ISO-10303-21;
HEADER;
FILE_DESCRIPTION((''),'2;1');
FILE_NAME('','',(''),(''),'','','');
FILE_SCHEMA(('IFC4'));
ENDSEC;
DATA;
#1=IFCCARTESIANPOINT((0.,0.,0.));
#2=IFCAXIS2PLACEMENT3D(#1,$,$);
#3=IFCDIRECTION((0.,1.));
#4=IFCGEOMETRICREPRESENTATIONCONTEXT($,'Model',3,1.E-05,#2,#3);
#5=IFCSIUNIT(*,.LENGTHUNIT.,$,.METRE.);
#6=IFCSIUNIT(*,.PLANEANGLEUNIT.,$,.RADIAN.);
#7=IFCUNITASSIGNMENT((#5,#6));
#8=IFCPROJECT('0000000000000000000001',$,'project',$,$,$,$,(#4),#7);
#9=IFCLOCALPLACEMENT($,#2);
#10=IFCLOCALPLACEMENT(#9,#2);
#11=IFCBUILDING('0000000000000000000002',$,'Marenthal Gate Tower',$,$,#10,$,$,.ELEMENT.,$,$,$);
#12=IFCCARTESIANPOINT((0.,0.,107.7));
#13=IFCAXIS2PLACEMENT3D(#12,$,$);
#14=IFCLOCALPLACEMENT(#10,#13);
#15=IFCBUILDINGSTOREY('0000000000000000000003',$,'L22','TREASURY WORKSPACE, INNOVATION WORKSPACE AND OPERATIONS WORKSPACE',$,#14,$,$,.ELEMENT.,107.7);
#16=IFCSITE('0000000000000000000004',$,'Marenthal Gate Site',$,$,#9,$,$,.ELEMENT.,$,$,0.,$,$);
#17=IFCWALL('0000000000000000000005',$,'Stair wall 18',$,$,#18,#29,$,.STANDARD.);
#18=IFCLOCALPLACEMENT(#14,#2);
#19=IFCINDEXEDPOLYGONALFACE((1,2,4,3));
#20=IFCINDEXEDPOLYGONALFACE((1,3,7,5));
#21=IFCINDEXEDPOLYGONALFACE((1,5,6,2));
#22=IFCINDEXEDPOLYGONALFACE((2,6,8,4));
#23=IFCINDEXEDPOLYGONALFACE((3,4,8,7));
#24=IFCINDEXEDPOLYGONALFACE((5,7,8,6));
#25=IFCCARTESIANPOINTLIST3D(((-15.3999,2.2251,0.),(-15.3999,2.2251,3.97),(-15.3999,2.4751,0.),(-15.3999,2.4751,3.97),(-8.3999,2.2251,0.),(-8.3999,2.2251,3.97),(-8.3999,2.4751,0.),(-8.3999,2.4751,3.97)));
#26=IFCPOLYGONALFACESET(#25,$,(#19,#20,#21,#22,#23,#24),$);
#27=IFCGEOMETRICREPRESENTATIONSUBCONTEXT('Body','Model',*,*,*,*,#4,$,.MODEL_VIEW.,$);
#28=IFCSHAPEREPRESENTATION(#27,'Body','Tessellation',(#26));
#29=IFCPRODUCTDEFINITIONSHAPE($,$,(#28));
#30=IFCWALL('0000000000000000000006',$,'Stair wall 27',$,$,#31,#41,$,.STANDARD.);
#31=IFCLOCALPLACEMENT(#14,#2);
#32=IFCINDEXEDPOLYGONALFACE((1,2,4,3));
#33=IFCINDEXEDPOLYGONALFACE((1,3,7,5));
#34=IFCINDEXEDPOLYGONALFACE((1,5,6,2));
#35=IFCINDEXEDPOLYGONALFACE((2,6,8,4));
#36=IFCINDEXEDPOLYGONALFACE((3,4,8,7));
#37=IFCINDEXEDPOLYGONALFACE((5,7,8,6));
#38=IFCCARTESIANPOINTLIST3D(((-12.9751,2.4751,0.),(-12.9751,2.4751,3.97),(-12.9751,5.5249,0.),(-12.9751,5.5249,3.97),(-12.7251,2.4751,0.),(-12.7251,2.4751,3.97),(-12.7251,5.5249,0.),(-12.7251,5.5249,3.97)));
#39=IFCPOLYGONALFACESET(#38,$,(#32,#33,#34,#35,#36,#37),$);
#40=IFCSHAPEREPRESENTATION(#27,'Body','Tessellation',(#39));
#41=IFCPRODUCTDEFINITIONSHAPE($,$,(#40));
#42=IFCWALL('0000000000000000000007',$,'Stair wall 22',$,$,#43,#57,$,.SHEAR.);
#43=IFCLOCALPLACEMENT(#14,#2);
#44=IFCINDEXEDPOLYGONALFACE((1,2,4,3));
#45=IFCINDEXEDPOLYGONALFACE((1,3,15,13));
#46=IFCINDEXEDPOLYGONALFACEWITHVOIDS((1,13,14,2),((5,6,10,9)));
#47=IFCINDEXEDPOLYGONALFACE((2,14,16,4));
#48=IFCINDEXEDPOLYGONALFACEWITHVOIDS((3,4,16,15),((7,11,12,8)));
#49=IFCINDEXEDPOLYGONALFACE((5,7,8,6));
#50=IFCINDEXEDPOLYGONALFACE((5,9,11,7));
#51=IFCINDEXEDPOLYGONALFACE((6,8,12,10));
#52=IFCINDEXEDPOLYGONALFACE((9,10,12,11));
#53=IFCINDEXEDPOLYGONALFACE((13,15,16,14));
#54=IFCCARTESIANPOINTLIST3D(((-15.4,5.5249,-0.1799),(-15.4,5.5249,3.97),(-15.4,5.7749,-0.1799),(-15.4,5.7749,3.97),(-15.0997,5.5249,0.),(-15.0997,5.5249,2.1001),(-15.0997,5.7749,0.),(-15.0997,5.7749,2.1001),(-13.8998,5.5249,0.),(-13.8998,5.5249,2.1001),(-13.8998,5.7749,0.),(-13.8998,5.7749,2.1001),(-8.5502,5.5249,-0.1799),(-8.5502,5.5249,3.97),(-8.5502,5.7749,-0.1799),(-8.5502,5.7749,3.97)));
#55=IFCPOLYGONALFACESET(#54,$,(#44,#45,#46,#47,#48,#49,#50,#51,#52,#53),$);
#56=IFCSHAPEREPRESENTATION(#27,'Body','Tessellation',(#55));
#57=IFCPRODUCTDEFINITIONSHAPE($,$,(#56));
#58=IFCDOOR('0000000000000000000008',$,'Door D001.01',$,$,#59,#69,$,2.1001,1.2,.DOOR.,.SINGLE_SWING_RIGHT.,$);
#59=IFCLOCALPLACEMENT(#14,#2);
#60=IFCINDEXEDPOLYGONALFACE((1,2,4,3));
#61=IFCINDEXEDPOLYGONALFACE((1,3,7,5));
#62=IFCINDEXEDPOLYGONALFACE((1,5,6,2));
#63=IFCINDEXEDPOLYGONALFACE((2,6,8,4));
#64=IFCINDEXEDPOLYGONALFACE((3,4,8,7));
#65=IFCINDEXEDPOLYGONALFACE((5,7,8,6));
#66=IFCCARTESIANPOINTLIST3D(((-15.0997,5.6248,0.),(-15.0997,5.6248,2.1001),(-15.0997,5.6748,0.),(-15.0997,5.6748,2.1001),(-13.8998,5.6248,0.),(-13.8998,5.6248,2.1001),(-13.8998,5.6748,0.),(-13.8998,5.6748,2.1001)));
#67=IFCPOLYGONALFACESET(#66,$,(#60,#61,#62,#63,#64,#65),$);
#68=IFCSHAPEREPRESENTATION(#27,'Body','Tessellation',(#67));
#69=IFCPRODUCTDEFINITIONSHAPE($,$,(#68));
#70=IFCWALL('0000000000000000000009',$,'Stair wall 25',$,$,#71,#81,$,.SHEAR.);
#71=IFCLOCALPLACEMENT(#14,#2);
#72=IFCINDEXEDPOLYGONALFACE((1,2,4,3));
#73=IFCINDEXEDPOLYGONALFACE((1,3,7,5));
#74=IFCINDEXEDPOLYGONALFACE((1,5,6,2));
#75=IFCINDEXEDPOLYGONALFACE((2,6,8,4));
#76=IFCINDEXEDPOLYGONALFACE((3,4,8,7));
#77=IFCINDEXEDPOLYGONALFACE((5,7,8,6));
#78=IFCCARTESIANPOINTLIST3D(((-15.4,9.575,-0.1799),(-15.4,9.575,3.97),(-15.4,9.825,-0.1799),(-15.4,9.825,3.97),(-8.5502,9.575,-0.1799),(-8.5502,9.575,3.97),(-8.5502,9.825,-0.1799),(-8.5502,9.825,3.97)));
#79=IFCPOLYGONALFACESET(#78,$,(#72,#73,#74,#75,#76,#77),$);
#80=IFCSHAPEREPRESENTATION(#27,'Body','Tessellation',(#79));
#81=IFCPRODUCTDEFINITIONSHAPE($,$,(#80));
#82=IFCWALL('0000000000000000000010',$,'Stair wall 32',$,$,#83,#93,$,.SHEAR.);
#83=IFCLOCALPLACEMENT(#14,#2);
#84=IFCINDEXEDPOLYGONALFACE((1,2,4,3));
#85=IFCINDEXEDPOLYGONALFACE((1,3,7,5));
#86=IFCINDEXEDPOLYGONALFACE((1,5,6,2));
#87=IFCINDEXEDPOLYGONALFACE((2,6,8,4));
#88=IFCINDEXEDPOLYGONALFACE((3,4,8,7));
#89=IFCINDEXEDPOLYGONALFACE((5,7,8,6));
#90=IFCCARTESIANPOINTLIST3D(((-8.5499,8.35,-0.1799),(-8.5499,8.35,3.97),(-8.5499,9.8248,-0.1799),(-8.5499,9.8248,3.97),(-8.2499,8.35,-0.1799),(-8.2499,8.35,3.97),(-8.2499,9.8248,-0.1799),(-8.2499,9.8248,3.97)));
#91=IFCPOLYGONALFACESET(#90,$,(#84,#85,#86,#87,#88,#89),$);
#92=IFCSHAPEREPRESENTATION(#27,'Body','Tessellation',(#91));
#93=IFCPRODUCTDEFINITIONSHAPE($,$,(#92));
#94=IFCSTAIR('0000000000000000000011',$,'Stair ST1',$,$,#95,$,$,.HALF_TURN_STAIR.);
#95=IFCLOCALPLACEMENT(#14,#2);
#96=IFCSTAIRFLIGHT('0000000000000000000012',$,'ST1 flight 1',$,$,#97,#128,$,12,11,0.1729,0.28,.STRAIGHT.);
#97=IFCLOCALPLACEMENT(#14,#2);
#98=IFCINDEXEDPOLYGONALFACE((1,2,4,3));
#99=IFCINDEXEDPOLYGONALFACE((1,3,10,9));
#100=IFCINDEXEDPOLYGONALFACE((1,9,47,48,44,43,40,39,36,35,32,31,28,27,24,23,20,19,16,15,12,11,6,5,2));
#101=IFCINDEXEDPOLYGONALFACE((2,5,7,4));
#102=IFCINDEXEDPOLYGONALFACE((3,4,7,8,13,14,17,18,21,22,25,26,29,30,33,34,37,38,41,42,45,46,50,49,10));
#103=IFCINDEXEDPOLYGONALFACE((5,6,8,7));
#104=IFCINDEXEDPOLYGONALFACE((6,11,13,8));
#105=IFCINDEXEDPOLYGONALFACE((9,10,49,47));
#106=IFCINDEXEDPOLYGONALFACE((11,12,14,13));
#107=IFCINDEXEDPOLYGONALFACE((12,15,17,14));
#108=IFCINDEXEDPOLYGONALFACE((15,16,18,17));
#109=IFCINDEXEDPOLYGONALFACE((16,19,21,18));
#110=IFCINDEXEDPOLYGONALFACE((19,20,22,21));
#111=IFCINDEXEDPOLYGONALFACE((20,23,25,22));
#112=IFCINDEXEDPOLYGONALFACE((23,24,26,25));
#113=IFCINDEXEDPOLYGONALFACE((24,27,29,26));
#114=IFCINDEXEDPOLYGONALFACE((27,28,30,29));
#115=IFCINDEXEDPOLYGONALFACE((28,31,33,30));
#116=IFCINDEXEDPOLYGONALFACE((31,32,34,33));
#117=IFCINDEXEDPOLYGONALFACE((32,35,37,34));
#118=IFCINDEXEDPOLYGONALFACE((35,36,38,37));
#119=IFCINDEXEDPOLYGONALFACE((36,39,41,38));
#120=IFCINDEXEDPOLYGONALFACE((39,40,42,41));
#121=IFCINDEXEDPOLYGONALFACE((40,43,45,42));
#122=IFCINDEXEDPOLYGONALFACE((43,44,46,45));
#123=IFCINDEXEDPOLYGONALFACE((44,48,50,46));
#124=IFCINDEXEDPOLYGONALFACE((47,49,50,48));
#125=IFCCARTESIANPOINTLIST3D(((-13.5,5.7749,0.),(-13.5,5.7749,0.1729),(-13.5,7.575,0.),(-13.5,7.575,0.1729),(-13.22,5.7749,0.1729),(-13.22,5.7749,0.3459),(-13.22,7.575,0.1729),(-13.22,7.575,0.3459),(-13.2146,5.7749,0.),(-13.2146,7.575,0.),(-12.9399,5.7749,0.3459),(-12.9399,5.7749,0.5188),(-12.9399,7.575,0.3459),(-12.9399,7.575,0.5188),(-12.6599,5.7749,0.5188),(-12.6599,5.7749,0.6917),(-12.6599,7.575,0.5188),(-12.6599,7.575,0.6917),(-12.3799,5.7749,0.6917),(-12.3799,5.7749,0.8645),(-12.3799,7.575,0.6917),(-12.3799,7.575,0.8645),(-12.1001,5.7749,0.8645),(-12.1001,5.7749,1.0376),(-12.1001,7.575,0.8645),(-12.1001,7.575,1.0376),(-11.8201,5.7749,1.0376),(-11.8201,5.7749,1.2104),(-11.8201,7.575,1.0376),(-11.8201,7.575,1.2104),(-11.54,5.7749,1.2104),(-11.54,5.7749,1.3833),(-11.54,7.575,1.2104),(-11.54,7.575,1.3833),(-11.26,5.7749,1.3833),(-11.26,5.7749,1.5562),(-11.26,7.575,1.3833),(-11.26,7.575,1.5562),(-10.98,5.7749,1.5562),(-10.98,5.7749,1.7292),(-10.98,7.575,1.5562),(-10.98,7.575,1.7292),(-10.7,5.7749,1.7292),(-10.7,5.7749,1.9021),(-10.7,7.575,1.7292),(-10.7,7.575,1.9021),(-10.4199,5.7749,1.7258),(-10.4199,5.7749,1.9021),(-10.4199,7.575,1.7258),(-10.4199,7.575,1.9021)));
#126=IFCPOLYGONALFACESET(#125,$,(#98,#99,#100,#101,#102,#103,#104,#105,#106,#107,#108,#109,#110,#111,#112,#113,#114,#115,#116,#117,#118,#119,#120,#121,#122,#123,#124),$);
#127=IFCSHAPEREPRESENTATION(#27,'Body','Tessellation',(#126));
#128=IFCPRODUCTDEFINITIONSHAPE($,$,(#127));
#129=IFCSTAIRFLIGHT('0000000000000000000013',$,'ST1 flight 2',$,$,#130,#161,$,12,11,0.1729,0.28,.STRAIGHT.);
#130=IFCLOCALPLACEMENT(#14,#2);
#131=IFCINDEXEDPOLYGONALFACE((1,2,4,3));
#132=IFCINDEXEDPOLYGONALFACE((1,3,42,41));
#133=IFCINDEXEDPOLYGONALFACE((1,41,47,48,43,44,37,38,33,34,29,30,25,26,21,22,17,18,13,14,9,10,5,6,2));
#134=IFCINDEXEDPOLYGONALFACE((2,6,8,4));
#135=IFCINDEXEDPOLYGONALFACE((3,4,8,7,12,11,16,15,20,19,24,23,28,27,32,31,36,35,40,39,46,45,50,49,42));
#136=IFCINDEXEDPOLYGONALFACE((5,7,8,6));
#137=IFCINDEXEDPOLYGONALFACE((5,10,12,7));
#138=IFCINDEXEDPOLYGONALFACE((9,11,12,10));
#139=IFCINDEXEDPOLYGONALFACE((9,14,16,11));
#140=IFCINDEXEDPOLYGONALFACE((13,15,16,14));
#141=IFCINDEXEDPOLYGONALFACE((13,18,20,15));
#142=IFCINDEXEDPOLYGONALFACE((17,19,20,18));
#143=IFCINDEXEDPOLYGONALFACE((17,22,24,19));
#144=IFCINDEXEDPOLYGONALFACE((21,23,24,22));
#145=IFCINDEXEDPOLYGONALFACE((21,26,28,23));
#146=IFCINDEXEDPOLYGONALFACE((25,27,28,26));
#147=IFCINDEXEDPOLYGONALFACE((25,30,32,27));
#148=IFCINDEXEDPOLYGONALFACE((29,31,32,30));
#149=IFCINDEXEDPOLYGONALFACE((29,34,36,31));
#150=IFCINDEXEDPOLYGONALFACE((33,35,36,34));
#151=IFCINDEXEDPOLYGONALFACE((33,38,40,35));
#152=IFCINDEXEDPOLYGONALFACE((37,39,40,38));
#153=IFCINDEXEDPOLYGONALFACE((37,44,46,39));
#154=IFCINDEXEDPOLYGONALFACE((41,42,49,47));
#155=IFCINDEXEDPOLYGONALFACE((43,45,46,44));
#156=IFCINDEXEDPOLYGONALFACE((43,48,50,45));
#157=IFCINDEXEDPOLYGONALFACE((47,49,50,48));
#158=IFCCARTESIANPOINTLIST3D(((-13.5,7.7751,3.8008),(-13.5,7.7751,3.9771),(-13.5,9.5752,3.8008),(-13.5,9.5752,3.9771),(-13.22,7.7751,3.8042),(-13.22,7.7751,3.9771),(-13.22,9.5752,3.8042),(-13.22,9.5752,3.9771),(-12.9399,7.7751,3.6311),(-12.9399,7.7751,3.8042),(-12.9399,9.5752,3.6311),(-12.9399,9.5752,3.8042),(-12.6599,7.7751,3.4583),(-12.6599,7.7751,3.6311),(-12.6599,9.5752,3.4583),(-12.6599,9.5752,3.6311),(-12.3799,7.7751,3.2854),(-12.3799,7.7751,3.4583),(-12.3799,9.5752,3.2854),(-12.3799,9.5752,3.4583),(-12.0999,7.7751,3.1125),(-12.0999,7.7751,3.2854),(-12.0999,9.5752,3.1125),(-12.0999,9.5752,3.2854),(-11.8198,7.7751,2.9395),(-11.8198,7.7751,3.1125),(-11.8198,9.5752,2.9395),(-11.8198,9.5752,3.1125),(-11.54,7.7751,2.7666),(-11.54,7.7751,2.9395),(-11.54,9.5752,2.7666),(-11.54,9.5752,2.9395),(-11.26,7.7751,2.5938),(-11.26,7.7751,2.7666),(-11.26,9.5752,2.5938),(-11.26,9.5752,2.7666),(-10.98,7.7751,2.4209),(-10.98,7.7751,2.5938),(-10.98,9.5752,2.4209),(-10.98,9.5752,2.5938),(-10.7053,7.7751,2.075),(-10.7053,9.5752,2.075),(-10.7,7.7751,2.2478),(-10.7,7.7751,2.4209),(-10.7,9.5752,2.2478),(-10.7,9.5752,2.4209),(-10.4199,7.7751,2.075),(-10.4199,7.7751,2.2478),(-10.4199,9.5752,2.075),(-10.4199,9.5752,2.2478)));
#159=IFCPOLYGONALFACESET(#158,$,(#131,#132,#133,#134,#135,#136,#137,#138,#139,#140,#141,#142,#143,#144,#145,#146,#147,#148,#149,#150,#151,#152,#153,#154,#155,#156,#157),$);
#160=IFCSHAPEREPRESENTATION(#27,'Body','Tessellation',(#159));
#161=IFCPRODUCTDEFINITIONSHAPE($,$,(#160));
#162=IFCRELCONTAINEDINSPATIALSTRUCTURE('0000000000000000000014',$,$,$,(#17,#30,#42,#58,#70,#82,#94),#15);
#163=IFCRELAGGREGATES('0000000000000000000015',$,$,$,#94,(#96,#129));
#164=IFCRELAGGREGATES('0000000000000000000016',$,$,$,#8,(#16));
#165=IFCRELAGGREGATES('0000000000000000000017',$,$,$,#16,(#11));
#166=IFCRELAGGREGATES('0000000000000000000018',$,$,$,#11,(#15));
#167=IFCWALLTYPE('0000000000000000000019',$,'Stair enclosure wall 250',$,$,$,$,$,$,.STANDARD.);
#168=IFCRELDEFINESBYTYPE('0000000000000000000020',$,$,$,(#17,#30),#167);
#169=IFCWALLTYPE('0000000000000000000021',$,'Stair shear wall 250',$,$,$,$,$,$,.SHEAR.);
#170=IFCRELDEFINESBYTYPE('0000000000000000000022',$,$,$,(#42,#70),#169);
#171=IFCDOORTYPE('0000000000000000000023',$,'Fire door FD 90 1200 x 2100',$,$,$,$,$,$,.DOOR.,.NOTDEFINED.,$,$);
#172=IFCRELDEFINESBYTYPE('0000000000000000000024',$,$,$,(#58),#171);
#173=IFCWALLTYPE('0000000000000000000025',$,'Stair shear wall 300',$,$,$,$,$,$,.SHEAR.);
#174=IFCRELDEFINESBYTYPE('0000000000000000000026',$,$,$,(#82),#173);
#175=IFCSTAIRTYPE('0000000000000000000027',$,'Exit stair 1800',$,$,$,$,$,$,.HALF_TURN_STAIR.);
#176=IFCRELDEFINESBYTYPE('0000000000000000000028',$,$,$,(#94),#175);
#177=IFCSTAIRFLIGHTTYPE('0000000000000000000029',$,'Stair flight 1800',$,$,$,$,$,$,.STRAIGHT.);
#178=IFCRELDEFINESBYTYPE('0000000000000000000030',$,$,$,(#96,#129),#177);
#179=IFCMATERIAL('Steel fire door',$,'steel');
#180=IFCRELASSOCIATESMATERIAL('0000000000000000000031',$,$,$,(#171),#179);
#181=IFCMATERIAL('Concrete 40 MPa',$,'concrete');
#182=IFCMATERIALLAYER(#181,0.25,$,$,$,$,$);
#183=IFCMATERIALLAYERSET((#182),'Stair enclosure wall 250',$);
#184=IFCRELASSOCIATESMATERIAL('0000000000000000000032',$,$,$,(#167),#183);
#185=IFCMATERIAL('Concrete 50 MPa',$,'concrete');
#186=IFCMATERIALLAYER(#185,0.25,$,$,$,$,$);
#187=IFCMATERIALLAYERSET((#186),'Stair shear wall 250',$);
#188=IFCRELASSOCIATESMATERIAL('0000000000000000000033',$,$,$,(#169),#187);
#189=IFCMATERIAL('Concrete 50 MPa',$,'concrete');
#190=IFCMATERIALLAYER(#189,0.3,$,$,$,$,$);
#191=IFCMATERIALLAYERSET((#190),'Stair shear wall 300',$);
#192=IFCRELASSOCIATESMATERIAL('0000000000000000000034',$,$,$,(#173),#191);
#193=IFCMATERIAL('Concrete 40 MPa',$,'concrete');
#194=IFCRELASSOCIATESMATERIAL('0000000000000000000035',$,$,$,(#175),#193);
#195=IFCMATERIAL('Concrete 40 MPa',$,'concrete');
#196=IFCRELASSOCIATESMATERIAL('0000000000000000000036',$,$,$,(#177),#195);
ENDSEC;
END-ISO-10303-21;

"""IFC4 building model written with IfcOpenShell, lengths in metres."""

from ifc_helpers import new_model, si_unit, direction, frame, frame_2d, origin, place, context, subcontext, project, spatial, polyline, rectangle, outline, extrude, material, layer, layer_set, type_object, element, fill, aggregate, save


model = new_model("IFC4")

# Units and contexts
model_context = context("Model", 3, precision=1e-05, world=origin(), true_north=direction((0.0, 1.0)))
body_context = subcontext(model_context, "Body", "Model", "MODEL_VIEW")
ifc_project = project(units=[si_unit("LENGTHUNIT", "METRE"), si_unit("PLANEANGLEUNIT", "RADIAN")], contexts=[model_context])

# Site, building, storey
site_placement = place(None, origin())
site = spatial("IfcSite", under=ifc_project, at=site_placement, Name="Marenthal Gate Site", CompositionType="ELEMENT", RefElevation=0.0)
building_placement = place(site_placement, origin())
building = spatial("IfcBuilding", under=site, at=building_placement, Name="Marenthal Gate Tower", CompositionType="ELEMENT")
storey_placement = place(building_placement, frame((0.0, 0.0, 107.7)))
storey = spatial("IfcBuildingStorey", under=building, at=storey_placement, Name="L22", Description="TREASURY WORKSPACE, INNOVATION WORKSPACE AND OPERATIONS WORKSPACE", CompositionType="ELEMENT", Elevation=107.7)

# Shared definitions
ifc_material_1 = material(Name="Steel fire door", Category="steel")
door_type_1 = type_object("IfcDoorType", Name="Fire door FD 90 1200 x 2100", OperationType="NOTDEFINED", PredefinedType="DOOR", material=ifc_material_1)

# Walls
ifc_material_2 = material(Name="Concrete 40 MPa", Category="concrete")
ifc_layer_1 = layer(ifc_material_2, 0.25)
ifc_layer_set_1 = layer_set([ifc_layer_1], Name="Stair enclosure wall 250")
wall_type_1 = type_object("IfcWallType", Name="Stair enclosure wall 250", PredefinedType="STANDARD", material=ifc_layer_set_1)
wall_1_placement = place(storey_placement, frame((-15.3999, 2.3501, 0.0), z_axis=(0.0, 0.0, 1.0), x_axis=(1.0, 0.0, 0.0)))
element("IfcWall", 1, at=wall_1_placement, inside=storey, type_object=wall_type_1, Name="Stair wall 18", PredefinedType="STANDARD", context=body_context, shape_type="SweptSolid", body=[
    extrude(rectangle(XDim=7.0, YDim=0.25, at=frame_2d((3.5, 0.0))), origin(), (0.0, 0.0, 1.0), 3.97),
])
wall_2_placement = place(storey_placement, frame((-12.8501, 2.4751, 0.0), z_axis=(0.0, 0.0, 1.0), x_axis=(0.0, 1.0, 0.0)))
element("IfcWall", 2, at=wall_2_placement, inside=storey, type_object=wall_type_1, Name="Stair wall 27", PredefinedType="STANDARD", context=body_context, shape_type="SweptSolid", body=[
    extrude(rectangle(XDim=3.0498, YDim=0.25, at=frame_2d((1.5249, 0.0))), origin(), (0.0, 0.0, 1.0), 3.97),
])

# Wall, opening, door
ifc_material_3 = material(Name="Concrete 50 MPa", Category="concrete")
ifc_layer_2 = layer(ifc_material_3, 0.25)
ifc_layer_set_2 = layer_set([ifc_layer_2], Name="Stair shear wall 250")
wall_type_2 = type_object("IfcWallType", Name="Stair shear wall 250", PredefinedType="SHEAR", material=ifc_layer_set_2)
wall_3_placement = place(storey_placement, frame((-15.3999, 5.6499, -0.1799), z_axis=(0.0, 0.0, 1.0), x_axis=(1.0, 0.0, 0.0)))
wall_3 = element("IfcWall", 3, at=wall_3_placement, inside=storey, type_object=wall_type_2, Name="Stair wall 22", PredefinedType="SHEAR", context=body_context, shape_type="SweptSolid", body=[
    extrude(rectangle(XDim=6.8499, YDim=0.25, at=frame_2d((3.4248, 0.0))), origin(), (0.0, 0.0, 1.0), 4.1499),
])
opening_1_placement = place(wall_3_placement, frame((0.3, 0.0, 0.1799)))
opening_1 = element("IfcOpeningElement", 4, at=opening_1_placement, cuts=wall_3, PredefinedType="OPENING", context=body_context, shape_type="SweptSolid", body=[
    extrude(rectangle(XDim=1.2, YDim=2.1001, at=frame_2d((0.6001, 1.05))), frame((0.0, 0.135, 0.0), z_axis=(0.0, -1.0, 0.0), x_axis=(1.0, 0.0, 0.0)), (0.0, 0.0, 1.0), 0.27),
])
door_1_placement = place(opening_1_placement, origin())
door_1 = element("IfcDoor", 5, at=door_1_placement, inside=storey, type_object=door_type_1, Name="Door D001.01", OperationType="SINGLE_SWING_RIGHT", OverallHeight=2.1001, OverallWidth=1.2, PredefinedType="DOOR", context=body_context, shape_type="SweptSolid", body=[
    extrude(rectangle(XDim=1.2, YDim=2.1001, at=frame_2d((0.6001, 1.05))), frame((0.0, 0.0249, 0.0), z_axis=(0.0, -1.0, 0.0), x_axis=(1.0, 0.0, 0.0)), (0.0, 0.0, 1.0), 0.05),
])
fill(opening_1, door_1)

# Walls
wall_4_placement = place(storey_placement, frame((-15.3999, 9.7, -0.1799), z_axis=(0.0, 0.0, 1.0), x_axis=(1.0, 0.0, 0.0)))
element("IfcWall", 6, at=wall_4_placement, inside=storey, type_object=wall_type_2, Name="Stair wall 25", PredefinedType="SHEAR", context=body_context, shape_type="SweptSolid", body=[
    extrude(rectangle(XDim=6.8499, YDim=0.25, at=frame_2d((3.4248, 0.0))), origin(), (0.0, 0.0, 1.0), 4.1499),
])
ifc_material_4 = material(Name="Concrete 50 MPa", Category="concrete")
ifc_layer_3 = layer(ifc_material_4, 0.3)
ifc_layer_set_3 = layer_set([ifc_layer_3], Name="Stair shear wall 300")
wall_type_3 = type_object("IfcWallType", Name="Stair shear wall 300", PredefinedType="SHEAR", material=ifc_layer_set_3)
wall_5_placement = place(storey_placement, frame((-8.3999, 8.3501, -0.1799), z_axis=(0.0, 0.0, 1.0), x_axis=(0.0, 1.0, 0.0)))
element("IfcWall", 7, at=wall_5_placement, inside=storey, type_object=wall_type_3, Name="Stair wall 32", PredefinedType="SHEAR", context=body_context, shape_type="SweptSolid", body=[
    extrude(rectangle(XDim=1.4749, YDim=0.3, at=frame_2d((0.7373, 0.0))), origin(), (0.0, 0.0, 1.0), 4.1499),
])

# Stair, stair flights
ifc_material_5 = material(Name="Concrete 40 MPa", Category="concrete")
stair_type = type_object("IfcStairType", Name="Exit stair 1800", PredefinedType="HALF_TURN_STAIR", material=ifc_material_5)
stair_placement = place(storey_placement, origin())
stair = element("IfcStair", 8, at=stair_placement, inside=storey, type_object=stair_type, Name="Stair ST1", PredefinedType="HALF_TURN_STAIR")
ifc_material_6 = material(Name="Concrete 40 MPa", Category="concrete")
stair_flight_type = type_object("IfcStairFlightType", Name="Stair flight 1800", PredefinedType="STRAIGHT", material=ifc_material_6)
stair_flight_1_placement = place(storey_placement, frame((-13.5, 6.675, 0.0), z_axis=(0.0, 0.0, 1.0), x_axis=(1.0, 0.0, 0.0)))
stair_flight_1 = element("IfcStairFlight", 9, at=stair_flight_1_placement, type_object=stair_flight_type, Name="ST1 flight 1", NumberOfRisers=12, NumberOfTreads=11, PredefinedType="STRAIGHT", RiserHeight=0.1729, TreadLength=0.28, context=body_context, shape_type="SweptSolid", body=[
    extrude(outline(polyline([(0.0, 0.0), (0.0, 0.1729), (0.28, 0.1729), (0.28, 0.3459), (0.5601, 0.3459), (0.5601, 0.5188), (0.8401, 0.5188), (0.8401, 0.6917), (1.1201, 0.6917), (1.1201, 0.8645), (1.3999, 0.8645), (1.3999, 1.0376), (1.6799, 1.0376), (1.6799, 1.2104), (1.96, 1.2104), (1.96, 1.3833), (2.24, 1.3833), (2.24, 1.5562), (2.52, 1.5562), (2.52, 1.7292), (2.8, 1.7292), (2.8, 1.9021), (3.0801, 1.9021), (3.0801, 2.075), (3.0801, 1.7258), (0.2854, 0.0), (0.0, 0.0)])), frame((0.0, 0.8999, 0.0), z_axis=(0.0, -1.0, 0.0), x_axis=(1.0, 0.0, 0.0)), (0.0, 0.0, 1.0), 1.8),
])
stair_flight_2_placement = place(storey_placement, frame((-10.4199, 8.675, 2.075), z_axis=(0.0, 0.0, 1.0), x_axis=(-1.0, 0.0, 0.0)))
stair_flight_2 = element("IfcStairFlight", 10, at=stair_flight_2_placement, type_object=stair_flight_type, Name="ST1 flight 2", NumberOfRisers=12, NumberOfTreads=11, PredefinedType="STRAIGHT", RiserHeight=0.1729, TreadLength=0.28, context=body_context, shape_type="SweptSolid", body=[
    extrude(outline(polyline([(0.0, 0.0), (0.0, 0.1729), (0.28, 0.1729), (0.28, 0.3459), (0.5601, 0.3459), (0.5601, 0.5188), (0.8401, 0.5188), (0.8401, 0.6917), (1.1201, 0.6917), (1.1201, 0.8645), (1.3999, 0.8645), (1.3999, 1.0376), (1.6799, 1.0376), (1.6799, 1.2104), (1.96, 1.2104), (1.96, 1.3833), (2.24, 1.3833), (2.24, 1.5562), (2.52, 1.5562), (2.52, 1.7292), (2.8, 1.7292), (2.8, 1.9021), (3.0801, 1.9021), (3.0801, 2.075), (3.0801, 1.7258), (0.2854, 0.0), (0.0, 0.0)])), frame((0.0, 0.8999, 0.0), z_axis=(0.0, -1.0, 0.0), x_axis=(1.0, 0.0, 0.0)), (0.0, 0.0, 1.0), 1.8),
])
aggregate(stair, [stair_flight_1, stair_flight_2])

save(model, "model.ifc")
